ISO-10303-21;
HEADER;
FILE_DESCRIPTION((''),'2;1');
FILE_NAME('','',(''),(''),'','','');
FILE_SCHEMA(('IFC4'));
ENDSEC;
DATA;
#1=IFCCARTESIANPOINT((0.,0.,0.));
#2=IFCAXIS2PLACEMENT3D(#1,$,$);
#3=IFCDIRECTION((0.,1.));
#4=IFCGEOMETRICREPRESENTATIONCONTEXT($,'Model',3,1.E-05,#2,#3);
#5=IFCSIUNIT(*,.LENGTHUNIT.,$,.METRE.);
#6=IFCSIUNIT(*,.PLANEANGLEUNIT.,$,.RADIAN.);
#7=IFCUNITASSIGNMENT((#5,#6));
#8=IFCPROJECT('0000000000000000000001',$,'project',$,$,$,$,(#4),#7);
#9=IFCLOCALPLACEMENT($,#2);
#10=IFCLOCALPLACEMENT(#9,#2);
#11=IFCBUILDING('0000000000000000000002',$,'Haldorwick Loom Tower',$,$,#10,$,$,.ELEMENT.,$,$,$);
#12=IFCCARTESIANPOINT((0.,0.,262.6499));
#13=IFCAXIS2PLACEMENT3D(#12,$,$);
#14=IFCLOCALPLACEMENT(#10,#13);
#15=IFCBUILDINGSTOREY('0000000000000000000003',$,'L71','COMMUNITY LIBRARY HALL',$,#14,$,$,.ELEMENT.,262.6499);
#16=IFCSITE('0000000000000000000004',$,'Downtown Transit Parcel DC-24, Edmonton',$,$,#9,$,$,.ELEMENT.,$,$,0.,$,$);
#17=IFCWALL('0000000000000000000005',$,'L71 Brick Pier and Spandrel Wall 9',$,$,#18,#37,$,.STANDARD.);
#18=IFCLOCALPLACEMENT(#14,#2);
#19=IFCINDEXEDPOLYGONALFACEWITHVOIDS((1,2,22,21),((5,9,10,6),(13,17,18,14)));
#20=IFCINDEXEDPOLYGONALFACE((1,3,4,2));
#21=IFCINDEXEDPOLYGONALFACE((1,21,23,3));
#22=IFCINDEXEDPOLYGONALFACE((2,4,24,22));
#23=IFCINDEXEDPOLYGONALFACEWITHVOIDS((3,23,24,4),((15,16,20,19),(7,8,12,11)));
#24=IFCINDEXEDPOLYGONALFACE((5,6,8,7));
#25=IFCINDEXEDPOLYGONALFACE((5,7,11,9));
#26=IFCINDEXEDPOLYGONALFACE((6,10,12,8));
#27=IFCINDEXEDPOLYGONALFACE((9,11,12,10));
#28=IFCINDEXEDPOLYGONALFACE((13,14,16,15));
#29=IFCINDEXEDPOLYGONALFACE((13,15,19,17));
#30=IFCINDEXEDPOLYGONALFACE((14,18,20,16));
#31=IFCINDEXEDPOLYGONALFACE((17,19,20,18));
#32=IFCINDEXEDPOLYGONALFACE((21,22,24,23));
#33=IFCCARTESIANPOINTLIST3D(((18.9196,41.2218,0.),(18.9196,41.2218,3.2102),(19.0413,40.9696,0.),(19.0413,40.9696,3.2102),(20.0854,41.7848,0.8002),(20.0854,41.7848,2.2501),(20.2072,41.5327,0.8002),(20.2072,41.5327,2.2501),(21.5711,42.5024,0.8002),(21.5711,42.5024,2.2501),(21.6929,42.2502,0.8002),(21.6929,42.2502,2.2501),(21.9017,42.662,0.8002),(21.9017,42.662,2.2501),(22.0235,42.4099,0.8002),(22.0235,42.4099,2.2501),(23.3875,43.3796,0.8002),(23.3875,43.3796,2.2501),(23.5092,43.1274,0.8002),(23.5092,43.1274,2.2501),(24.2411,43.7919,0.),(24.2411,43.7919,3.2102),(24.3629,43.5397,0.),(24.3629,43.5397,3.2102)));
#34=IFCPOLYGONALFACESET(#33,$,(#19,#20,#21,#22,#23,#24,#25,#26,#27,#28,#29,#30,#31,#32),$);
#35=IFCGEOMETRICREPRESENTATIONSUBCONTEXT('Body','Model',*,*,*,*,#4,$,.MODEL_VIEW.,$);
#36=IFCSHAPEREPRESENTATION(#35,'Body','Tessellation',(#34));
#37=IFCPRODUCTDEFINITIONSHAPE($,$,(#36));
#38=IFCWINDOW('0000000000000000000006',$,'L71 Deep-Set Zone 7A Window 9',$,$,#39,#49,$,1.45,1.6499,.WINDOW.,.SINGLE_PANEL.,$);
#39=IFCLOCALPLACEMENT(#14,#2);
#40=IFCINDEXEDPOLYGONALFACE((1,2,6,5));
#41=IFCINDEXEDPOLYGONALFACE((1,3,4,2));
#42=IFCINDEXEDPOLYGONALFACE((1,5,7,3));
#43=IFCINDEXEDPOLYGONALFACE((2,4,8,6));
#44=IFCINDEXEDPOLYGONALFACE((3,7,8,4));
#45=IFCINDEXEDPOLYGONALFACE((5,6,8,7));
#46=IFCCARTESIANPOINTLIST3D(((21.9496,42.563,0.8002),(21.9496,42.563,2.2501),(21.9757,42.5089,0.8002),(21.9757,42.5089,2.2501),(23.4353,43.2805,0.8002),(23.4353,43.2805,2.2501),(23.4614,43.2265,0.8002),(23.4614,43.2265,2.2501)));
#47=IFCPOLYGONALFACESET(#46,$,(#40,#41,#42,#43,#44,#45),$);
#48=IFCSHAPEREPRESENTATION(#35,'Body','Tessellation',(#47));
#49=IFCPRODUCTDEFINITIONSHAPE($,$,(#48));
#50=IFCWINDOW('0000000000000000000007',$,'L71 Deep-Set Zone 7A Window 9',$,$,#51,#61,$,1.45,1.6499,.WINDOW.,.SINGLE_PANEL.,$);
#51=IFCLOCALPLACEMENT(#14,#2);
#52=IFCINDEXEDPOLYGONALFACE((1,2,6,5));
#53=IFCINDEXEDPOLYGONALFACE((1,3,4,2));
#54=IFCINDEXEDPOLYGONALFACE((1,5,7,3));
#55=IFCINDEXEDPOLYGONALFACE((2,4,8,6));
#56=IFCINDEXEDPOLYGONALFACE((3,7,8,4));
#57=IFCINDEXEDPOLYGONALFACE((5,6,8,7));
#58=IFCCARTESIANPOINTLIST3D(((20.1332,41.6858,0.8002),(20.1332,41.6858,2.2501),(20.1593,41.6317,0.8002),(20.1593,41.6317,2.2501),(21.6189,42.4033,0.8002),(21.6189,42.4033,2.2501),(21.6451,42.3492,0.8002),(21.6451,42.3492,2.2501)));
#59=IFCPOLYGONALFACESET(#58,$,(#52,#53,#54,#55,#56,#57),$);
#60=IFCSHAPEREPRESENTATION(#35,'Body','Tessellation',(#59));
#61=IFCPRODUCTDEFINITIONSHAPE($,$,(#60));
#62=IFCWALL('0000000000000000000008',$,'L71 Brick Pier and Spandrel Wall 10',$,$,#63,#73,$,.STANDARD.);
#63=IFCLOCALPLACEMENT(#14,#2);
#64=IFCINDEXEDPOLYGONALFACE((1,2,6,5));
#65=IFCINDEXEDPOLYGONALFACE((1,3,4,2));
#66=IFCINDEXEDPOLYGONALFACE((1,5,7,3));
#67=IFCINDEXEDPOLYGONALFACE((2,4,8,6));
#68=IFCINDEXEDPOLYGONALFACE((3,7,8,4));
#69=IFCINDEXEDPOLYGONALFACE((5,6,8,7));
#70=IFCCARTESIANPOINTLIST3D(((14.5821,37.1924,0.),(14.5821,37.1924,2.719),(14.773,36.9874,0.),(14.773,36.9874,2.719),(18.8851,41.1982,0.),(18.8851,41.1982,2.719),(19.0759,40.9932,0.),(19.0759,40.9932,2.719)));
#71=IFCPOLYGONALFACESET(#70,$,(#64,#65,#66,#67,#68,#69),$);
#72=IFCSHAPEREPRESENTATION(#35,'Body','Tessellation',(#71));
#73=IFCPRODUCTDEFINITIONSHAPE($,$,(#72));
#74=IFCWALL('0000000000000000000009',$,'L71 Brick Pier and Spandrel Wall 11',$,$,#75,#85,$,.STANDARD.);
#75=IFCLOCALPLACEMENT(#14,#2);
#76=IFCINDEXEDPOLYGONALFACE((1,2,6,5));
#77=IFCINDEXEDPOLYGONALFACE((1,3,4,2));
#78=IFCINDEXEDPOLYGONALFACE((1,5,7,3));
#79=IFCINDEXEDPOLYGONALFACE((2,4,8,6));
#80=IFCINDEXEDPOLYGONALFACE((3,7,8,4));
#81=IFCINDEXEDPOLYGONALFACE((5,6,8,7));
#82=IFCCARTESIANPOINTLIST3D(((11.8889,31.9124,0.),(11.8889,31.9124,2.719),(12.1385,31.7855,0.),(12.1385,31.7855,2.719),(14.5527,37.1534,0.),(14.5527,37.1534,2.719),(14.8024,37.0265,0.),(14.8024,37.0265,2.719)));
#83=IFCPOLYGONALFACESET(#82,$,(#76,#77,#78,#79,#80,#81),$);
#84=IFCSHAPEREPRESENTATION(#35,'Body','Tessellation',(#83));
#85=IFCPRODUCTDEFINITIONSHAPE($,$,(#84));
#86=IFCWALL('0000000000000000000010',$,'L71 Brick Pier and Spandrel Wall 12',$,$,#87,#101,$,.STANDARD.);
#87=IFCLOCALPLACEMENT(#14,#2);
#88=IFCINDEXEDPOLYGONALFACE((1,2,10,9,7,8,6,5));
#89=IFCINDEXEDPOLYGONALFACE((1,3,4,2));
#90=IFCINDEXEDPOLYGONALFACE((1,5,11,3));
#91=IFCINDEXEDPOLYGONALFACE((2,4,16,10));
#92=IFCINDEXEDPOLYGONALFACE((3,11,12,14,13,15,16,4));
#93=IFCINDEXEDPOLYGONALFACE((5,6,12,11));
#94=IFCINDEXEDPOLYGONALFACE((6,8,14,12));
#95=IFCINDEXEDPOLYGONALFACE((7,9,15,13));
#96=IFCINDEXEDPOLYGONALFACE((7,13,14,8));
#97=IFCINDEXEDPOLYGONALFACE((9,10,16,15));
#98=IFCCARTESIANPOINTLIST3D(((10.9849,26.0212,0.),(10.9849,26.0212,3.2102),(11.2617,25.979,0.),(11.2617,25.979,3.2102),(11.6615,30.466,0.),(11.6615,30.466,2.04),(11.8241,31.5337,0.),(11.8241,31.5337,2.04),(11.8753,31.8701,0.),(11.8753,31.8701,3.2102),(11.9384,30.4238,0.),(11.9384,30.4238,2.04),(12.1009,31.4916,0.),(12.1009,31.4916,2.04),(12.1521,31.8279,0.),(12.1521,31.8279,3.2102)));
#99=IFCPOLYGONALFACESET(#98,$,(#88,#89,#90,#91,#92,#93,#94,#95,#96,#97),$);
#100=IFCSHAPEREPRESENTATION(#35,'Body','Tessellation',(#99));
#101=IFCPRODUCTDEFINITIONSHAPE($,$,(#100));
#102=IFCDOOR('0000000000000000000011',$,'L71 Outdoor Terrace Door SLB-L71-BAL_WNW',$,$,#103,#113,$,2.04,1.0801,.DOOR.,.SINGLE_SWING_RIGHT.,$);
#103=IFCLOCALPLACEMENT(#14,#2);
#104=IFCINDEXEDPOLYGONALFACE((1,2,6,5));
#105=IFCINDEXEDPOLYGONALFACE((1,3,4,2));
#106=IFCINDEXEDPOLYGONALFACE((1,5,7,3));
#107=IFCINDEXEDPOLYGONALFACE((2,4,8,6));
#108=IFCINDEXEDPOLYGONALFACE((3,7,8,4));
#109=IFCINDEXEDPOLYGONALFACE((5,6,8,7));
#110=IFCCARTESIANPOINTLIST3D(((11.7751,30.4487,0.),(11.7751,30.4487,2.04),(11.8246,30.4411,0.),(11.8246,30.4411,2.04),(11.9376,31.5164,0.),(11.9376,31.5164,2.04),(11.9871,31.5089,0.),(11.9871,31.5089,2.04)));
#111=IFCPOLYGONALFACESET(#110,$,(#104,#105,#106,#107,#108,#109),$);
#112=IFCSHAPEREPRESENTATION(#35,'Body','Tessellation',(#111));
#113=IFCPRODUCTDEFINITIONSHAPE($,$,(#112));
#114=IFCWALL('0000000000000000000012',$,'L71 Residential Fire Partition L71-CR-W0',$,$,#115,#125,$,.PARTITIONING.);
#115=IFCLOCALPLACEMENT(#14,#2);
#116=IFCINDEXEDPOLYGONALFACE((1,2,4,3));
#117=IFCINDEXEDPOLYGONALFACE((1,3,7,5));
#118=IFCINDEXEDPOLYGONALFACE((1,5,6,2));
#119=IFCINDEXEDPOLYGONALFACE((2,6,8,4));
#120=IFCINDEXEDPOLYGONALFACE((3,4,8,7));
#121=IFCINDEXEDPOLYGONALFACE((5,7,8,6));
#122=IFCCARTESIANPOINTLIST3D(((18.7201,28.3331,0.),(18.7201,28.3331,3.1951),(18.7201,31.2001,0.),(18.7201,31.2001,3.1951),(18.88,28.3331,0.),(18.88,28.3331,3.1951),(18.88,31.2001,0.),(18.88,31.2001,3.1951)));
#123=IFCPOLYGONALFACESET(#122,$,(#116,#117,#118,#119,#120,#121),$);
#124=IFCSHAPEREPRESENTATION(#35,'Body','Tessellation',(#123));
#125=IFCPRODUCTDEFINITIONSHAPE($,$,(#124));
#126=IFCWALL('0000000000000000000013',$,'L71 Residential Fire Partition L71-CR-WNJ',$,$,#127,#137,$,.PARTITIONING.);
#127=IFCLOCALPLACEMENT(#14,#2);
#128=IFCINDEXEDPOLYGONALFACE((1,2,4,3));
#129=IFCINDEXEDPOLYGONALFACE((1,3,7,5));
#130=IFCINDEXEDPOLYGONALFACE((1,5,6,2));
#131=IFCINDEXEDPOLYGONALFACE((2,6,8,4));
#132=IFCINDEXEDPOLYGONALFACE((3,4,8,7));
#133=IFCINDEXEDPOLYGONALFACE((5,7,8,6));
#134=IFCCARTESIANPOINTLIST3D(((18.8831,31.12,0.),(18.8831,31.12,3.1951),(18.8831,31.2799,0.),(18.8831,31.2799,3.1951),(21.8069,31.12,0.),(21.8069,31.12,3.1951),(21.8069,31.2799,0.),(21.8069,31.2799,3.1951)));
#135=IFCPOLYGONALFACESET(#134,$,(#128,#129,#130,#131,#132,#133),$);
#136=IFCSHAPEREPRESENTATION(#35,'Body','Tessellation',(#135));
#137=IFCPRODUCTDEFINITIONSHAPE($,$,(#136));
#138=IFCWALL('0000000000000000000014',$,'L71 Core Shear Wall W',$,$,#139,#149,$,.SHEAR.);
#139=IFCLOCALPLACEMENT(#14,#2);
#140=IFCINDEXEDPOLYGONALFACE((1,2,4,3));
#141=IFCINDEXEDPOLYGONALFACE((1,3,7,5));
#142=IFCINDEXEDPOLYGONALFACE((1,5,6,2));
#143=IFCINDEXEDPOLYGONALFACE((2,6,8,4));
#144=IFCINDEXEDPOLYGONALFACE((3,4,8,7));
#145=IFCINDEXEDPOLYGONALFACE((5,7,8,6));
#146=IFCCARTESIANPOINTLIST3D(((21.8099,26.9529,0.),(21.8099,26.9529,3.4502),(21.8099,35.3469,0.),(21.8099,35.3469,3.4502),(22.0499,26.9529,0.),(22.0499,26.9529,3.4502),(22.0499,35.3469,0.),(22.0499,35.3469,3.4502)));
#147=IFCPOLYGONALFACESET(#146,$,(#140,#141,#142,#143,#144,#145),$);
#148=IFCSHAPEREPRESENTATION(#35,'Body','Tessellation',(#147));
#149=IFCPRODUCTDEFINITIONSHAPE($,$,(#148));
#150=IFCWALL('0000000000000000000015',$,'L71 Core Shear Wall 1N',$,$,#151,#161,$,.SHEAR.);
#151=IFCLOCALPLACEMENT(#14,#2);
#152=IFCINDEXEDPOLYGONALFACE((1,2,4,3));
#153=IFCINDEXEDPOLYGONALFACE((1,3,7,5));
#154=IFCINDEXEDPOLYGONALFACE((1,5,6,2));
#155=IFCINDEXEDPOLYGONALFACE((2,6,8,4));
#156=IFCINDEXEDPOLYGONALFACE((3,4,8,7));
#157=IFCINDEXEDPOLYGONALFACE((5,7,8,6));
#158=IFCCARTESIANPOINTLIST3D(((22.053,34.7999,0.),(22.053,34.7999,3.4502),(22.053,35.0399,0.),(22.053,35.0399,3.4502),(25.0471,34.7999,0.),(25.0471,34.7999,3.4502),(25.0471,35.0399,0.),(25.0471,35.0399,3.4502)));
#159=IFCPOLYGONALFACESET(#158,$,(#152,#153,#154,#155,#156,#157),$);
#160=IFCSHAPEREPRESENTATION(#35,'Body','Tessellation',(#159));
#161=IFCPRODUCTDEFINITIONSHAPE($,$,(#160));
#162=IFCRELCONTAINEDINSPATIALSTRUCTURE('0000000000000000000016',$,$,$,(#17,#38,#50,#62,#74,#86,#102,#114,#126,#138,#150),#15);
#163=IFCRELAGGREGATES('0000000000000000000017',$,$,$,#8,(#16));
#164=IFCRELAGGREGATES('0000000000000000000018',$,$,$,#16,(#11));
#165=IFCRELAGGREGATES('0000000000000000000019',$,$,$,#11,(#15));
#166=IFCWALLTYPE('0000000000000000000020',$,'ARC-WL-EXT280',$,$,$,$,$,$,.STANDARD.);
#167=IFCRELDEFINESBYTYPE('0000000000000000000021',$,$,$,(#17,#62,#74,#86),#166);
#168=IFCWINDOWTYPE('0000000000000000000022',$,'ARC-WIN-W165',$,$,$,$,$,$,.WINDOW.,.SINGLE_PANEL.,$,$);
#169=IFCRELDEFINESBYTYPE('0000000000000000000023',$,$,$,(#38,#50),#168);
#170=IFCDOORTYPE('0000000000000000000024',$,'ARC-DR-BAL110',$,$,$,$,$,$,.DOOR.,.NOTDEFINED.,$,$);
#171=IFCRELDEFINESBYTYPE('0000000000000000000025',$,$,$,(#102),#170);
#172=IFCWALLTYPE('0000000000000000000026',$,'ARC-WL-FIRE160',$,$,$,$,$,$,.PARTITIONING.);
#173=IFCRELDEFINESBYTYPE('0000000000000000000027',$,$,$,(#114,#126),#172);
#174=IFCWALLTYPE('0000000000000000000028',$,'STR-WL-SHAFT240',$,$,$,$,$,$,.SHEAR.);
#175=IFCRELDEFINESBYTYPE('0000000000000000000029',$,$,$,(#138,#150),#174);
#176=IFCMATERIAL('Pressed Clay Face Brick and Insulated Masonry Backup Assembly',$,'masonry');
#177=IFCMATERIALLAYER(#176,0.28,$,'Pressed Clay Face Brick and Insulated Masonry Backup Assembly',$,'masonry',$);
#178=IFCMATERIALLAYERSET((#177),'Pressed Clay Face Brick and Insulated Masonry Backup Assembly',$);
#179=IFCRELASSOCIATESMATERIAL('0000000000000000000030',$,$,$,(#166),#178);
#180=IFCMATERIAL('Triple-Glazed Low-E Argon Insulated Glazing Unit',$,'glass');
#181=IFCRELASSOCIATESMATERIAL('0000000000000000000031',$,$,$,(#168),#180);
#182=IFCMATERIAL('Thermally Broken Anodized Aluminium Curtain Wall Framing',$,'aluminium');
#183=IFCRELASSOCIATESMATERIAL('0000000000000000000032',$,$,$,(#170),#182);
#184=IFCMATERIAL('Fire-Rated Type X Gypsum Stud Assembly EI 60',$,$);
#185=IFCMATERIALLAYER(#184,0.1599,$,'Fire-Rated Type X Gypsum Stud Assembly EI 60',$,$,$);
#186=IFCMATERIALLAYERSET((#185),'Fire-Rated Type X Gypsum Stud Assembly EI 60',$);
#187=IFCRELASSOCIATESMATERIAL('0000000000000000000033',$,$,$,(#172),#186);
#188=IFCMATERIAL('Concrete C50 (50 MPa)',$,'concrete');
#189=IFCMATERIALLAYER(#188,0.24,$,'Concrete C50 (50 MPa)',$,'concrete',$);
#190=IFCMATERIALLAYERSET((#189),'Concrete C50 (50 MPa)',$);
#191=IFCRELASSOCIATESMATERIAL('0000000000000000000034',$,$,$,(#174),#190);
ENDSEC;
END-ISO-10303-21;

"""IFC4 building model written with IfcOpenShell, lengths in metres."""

from ifc_helpers import new_model, si_unit, direction, frame, frame_2d, origin, place, context, subcontext, project, spatial, rectangle, extrude, material, layer, layer_set, type_object, element, fill, save


model = new_model("IFC4")

# Units and contexts
model_context = context("Model", 3, precision=1e-05, world=origin(), true_north=direction((0.0, 1.0)))
body_context = subcontext(model_context, "Body", "Model", "MODEL_VIEW")
ifc_project = project(units=[si_unit("LENGTHUNIT", "METRE"), si_unit("PLANEANGLEUNIT", "RADIAN")], contexts=[model_context])

# Site, building, storey
site_placement = place(None, origin())
site = spatial("IfcSite", under=ifc_project, at=site_placement, Name="Downtown Transit Parcel DC-24, Edmonton", CompositionType="ELEMENT", RefElevation=0.0)
building_placement = place(site_placement, origin())
building = spatial("IfcBuilding", under=site, at=building_placement, Name="Haldorwick Loom Tower", CompositionType="ELEMENT")
storey_placement = place(building_placement, frame((0.0, 0.0, 262.6499)))
storey = spatial("IfcBuildingStorey", under=building, at=storey_placement, Name="L71", Description="COMMUNITY LIBRARY HALL", CompositionType="ELEMENT", Elevation=262.6499)

# Shared definitions
ifc_material_1 = material(Name="Concrete C50 (50 MPa)", Category="concrete")

# Wall, openings, windows
ifc_material_2 = material(Name="Pressed Clay Face Brick and Insulated Masonry Backup Assembly", Category="masonry")
ifc_layer_1 = layer(ifc_material_2, 0.28, Name="Pressed Clay Face Brick and Insulated Masonry Backup Assembly", Category="masonry")
ifc_layer_set_1 = layer_set([ifc_layer_1], Name="Pressed Clay Face Brick and Insulated Masonry Backup Assembly")
wall_type_1 = type_object("IfcWallType", Name="ARC-WL-EXT280", PredefinedType="STANDARD", material=ifc_layer_set_1)
wall_1_placement = place(storey_placement, frame((24.302, 43.6658, 0.0), z_axis=(0.0, 0.0, 1.0), x_axis=(-0.900482, -0.434893, 0.0)))
wall_1 = element("IfcWall", 1, at=wall_1_placement, inside=storey, type_object=wall_type_1, Name="L71 Brick Pier and Spandrel Wall 9", PredefinedType="STANDARD", context=body_context, shape_type="SweptSolid", body=[
    extrude(rectangle(XDim=5.9097, YDim=0.28, at=frame_2d((2.9548, 0.0))), origin(), (0.0, 0.0, 1.0), 3.2102),
])
opening_1_placement = place(wall_1_placement, frame((0.948, 0.0, 0.8)))
opening_1 = element("IfcOpeningElement", 2, at=opening_1_placement, cuts=wall_1, PredefinedType="OPENING", context=body_context, shape_type="SweptSolid", body=[
    extrude(rectangle(XDim=1.6499, YDim=1.45, at=frame_2d((0.825, 0.7251))), frame((0.0, 0.1499, 0.0), z_axis=(0.0, -1.0, 0.0), x_axis=(1.0, 0.0, 0.0)), (0.0, 0.0, 1.0), 0.3),
])
opening_2_placement = place(wall_1_placement, frame((2.9651, 0.0, 0.8)))
opening_2 = element("IfcOpeningElement", 3, at=opening_2_placement, cuts=wall_1, PredefinedType="OPENING", context=body_context, shape_type="SweptSolid", body=[
    extrude(rectangle(XDim=1.6499, YDim=1.45, at=frame_2d((0.825, 0.7251))), frame((0.0, 0.1499, 0.0), z_axis=(0.0, -1.0, 0.0), x_axis=(1.0, 0.0, 0.0)), (0.0, 0.0, 1.0), 0.3),
])
ifc_material_3 = material(Name="Triple-Glazed Low-E Argon Insulated Glazing Unit", Category="glass")
window_type = type_object("IfcWindowType", Name="ARC-WIN-W165", PartitioningType="SINGLE_PANEL", PredefinedType="WINDOW", material=ifc_material_3)
window_1_placement = place(opening_1_placement, origin())
window_1 = element("IfcWindow", 4, at=window_1_placement, inside=storey, type_object=window_type, Name="L71 Deep-Set Zone 7A Window 9", OverallHeight=1.45, OverallWidth=1.6499, PartitioningType="SINGLE_PANEL", PredefinedType="WINDOW", context=body_context, shape_type="SweptSolid", body=[
    extrude(rectangle(XDim=1.6499, YDim=1.45, at=frame_2d((0.825, 0.7251))), frame((0.0, 0.03, 0.0), z_axis=(0.0, -1.0, 0.0), x_axis=(1.0, 0.0, 0.0)), (0.0, 0.0, 1.0), 0.0601),
])
fill(opening_1, window_1)
window_2_placement = place(opening_2_placement, origin())
window_2 = element("IfcWindow", 5, at=window_2_placement, inside=storey, type_object=window_type, Name="L71 Deep-Set Zone 7A Window 9", OverallHeight=1.45, OverallWidth=1.6499, PartitioningType="SINGLE_PANEL", PredefinedType="WINDOW", context=body_context, shape_type="SweptSolid", body=[
    extrude(rectangle(XDim=1.6499, YDim=1.45, at=frame_2d((0.825, 0.7251))), frame((0.0, 0.03, 0.0), z_axis=(0.0, -1.0, 0.0), x_axis=(1.0, 0.0, 0.0)), (0.0, 0.0, 1.0), 0.0601),
])
fill(opening_2, window_2)

# Walls
wall_2_placement = place(storey_placement, frame((18.9805, 41.0957, 0.0), z_axis=(0.0, 0.0, 1.0), x_axis=(-0.731925, -0.681386, 0.0)))
element("IfcWall", 6, at=wall_2_placement, inside=storey, type_object=wall_type_1, Name="L71 Brick Pier and Spandrel Wall 10", PredefinedType="STANDARD", context=body_context, shape_type="SweptSolid", body=[
    extrude(rectangle(XDim=5.8789, YDim=0.28, at=frame_2d((2.9395, 0.0))), origin(), (0.0, 0.0, 1.0), 2.719),
])
wall_3_placement = place(storey_placement, frame((14.6775, 37.0898, 0.0), z_axis=(0.0, 0.0, 1.0), x_axis=(-0.453101, -0.891459, 0.0)))
element("IfcWall", 7, at=wall_3_placement, inside=storey, type_object=wall_type_1, Name="L71 Brick Pier and Spandrel Wall 11", PredefinedType="STANDARD", context=body_context, shape_type="SweptSolid", body=[
    extrude(rectangle(XDim=5.8792, YDim=0.28, at=frame_2d((2.9395, 0.0))), origin(), (0.0, 0.0, 1.0), 2.719),
])

# Wall, opening, door
wall_4_placement = place(storey_placement, frame((12.0137, 31.8489, 0.0), z_axis=(0.0, 0.0, 1.0), x_axis=(-0.150497, -0.98861, 0.0)))
wall_4 = element("IfcWall", 8, at=wall_4_placement, inside=storey, type_object=wall_type_1, Name="L71 Brick Pier and Spandrel Wall 12", PredefinedType="STANDARD", context=body_context, shape_type="SweptSolid", body=[
    extrude(rectangle(XDim=5.9163, YDim=0.28, at=frame_2d((2.958, 0.0))), origin(), (0.0, 0.0, 1.0), 3.2102),
])
opening_3_placement = place(wall_4_placement, frame((0.3401, 0.0, 0.0)))
opening_3 = element("IfcOpeningElement", 9, at=opening_3_placement, cuts=wall_4, PredefinedType="OPENING", context=body_context, shape_type="SweptSolid", body=[
    extrude(rectangle(XDim=1.0801, YDim=2.04, at=frame_2d((0.54, 1.02))), frame((0.0, 0.1499, 0.0), z_axis=(0.0, -1.0, 0.0), x_axis=(1.0, 0.0, 0.0)), (0.0, 0.0, 1.0), 0.3),
])
ifc_material_4 = material(Name="Thermally Broken Anodized Aluminium Curtain Wall Framing", Category="aluminium")
door_type = type_object("IfcDoorType", Name="ARC-DR-BAL110", OperationType="NOTDEFINED", PredefinedType="DOOR", material=ifc_material_4)
door_placement = place(opening_3_placement, origin())
door = element("IfcDoor", 10, at=door_placement, inside=storey, type_object=door_type, Name="L71 Outdoor Terrace Door SLB-L71-BAL_WNW", OperationType="SINGLE_SWING_RIGHT", OverallHeight=2.04, OverallWidth=1.0801, PredefinedType="DOOR", context=body_context, shape_type="SweptSolid", body=[
    extrude(rectangle(XDim=1.0801, YDim=2.04, at=frame_2d((0.54, 1.02))), frame((0.0, 0.0249, 0.0), z_axis=(0.0, -1.0, 0.0), x_axis=(1.0, 0.0, 0.0)), (0.0, 0.0, 1.0), 0.05),
])
fill(opening_3, door)

# Walls
ifc_material_5 = material(Name="Fire-Rated Type X Gypsum Stud Assembly EI 60")
ifc_layer_2 = layer(ifc_material_5, 0.1599, Name="Fire-Rated Type X Gypsum Stud Assembly EI 60")
ifc_layer_set_2 = layer_set([ifc_layer_2], Name="Fire-Rated Type X Gypsum Stud Assembly EI 60")
wall_type_2 = type_object("IfcWallType", Name="ARC-WL-FIRE160", PredefinedType="PARTITIONING", material=ifc_layer_set_2)
wall_5_placement = place(storey_placement, frame((18.8, 28.333, 0.0), z_axis=(0.0, 0.0, 1.0), x_axis=(0.0, 1.0, 0.0)))
element("IfcWall", 11, at=wall_5_placement, inside=storey, type_object=wall_type_2, Name="L71 Residential Fire Partition L71-CR-W0", PredefinedType="PARTITIONING", context=body_context, shape_type="SweptSolid", body=[
    extrude(rectangle(XDim=2.8669, YDim=0.1599, at=frame_2d((1.4336, 0.0))), origin(), (0.0, 0.0, 1.0), 3.1951),
])
wall_6_placement = place(storey_placement, frame((18.8831, 31.2, 0.0), z_axis=(0.0, 0.0, 1.0), x_axis=(1.0, 0.0, 0.0)))
element("IfcWall", 12, at=wall_6_placement, inside=storey, type_object=wall_type_2, Name="L71 Residential Fire Partition L71-CR-WNJ", PredefinedType="PARTITIONING", context=body_context, shape_type="SweptSolid", body=[
    extrude(rectangle(XDim=2.9238, YDim=0.1599, at=frame_2d((1.4619, 0.0))), origin(), (0.0, 0.0, 1.0), 3.1951),
])
ifc_layer_3 = layer(ifc_material_1, 0.24, Name="Concrete C50 (50 MPa)", Category="concrete")
ifc_layer_set_3 = layer_set([ifc_layer_3], Name="Concrete C50 (50 MPa)")
wall_type_3 = type_object("IfcWallType", Name="STR-WL-SHAFT240", PredefinedType="SHEAR", material=ifc_layer_set_3)
wall_7_placement = place(storey_placement, frame((21.9299, 35.3469, 0.0), z_axis=(0.0, 0.0, 1.0), x_axis=(0.0, -1.0, 0.0)))
element("IfcWall", 13, at=wall_7_placement, inside=storey, type_object=wall_type_3, Name="L71 Core Shear Wall W", PredefinedType="SHEAR", context=body_context, shape_type="SweptSolid", body=[
    extrude(rectangle(XDim=8.394, YDim=0.24, at=frame_2d((4.197, 0.0))), origin(), (0.0, 0.0, 1.0), 3.4502),
])
wall_8_placement = place(storey_placement, frame((22.053, 34.9199, 0.0), z_axis=(0.0, 0.0, 1.0), x_axis=(1.0, 0.0, 0.0)))
element("IfcWall", 14, at=wall_8_placement, inside=storey, type_object=wall_type_3, Name="L71 Core Shear Wall 1N", PredefinedType="SHEAR", context=body_context, shape_type="SweptSolid", body=[
    extrude(rectangle(XDim=2.9941, YDim=0.24, at=frame_2d((1.4971, 0.0))), origin(), (0.0, 0.0, 1.0), 3.4502),
])

save(model, "model.ifc")
